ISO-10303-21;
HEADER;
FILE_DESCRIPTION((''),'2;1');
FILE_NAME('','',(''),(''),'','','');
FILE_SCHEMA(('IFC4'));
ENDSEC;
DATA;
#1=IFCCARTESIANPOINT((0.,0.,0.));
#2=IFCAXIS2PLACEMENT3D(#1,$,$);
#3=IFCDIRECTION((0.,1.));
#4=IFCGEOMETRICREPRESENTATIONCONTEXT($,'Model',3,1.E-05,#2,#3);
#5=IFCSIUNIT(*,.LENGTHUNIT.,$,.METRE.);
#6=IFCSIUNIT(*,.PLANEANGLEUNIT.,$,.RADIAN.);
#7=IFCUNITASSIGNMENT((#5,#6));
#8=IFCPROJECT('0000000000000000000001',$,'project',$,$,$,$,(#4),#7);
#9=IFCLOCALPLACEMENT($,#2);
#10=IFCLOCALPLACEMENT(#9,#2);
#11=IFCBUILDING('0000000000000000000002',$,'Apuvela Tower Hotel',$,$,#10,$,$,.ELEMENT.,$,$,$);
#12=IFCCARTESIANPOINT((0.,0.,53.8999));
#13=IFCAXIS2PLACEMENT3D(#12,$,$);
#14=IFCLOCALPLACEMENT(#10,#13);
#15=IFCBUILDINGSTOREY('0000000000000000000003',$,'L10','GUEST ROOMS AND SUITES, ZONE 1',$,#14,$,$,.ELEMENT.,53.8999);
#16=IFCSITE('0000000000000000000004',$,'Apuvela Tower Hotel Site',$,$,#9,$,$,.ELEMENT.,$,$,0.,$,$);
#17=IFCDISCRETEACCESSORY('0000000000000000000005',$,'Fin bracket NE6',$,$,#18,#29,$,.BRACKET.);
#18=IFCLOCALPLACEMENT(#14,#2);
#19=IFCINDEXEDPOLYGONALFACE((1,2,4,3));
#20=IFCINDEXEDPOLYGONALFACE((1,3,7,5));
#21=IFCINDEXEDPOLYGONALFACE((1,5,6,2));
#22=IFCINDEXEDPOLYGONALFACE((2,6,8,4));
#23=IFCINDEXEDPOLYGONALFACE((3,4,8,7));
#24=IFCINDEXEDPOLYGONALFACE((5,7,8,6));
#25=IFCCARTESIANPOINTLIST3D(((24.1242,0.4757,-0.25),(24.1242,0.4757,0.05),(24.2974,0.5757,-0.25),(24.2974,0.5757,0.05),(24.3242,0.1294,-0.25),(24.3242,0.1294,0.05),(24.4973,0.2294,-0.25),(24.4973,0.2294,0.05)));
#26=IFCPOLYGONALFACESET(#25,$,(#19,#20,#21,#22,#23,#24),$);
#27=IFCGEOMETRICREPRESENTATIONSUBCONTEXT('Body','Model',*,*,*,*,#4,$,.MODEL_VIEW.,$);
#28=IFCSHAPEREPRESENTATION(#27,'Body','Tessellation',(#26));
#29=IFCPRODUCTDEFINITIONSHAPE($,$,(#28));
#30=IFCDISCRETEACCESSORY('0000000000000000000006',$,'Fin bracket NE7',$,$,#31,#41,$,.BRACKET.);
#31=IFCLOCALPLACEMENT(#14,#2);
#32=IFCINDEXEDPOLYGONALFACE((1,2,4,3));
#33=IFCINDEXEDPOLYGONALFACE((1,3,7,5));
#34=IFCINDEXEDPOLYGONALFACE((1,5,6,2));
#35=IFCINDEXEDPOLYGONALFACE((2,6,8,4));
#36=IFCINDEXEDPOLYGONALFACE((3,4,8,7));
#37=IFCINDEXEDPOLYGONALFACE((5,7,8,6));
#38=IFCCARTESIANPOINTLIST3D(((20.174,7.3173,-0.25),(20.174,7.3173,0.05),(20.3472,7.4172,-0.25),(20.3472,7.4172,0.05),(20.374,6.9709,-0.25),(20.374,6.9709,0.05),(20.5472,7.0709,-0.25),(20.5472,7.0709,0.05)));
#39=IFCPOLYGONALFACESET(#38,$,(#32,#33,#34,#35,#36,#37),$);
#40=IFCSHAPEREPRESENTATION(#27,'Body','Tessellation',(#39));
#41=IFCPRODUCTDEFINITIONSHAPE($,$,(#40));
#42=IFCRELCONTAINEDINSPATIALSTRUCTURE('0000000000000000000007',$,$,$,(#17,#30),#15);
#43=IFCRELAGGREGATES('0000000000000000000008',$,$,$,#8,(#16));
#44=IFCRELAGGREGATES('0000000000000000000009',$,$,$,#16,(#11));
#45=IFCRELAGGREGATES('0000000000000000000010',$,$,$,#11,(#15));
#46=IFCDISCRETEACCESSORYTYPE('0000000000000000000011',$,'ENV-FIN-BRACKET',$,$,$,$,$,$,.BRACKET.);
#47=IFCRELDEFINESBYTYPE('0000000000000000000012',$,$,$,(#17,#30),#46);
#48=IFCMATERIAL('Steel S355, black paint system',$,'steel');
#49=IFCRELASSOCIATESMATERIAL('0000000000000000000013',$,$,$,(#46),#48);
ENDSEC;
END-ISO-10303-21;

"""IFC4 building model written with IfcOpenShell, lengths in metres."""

from ifc_helpers import new_model, si_unit, direction, frame, origin, origin_2d, place, context, subcontext, project, spatial, rectangle, extrude, material, type_object, element, save


model = new_model("IFC4")

# Units and contexts
model_context = context("Model", 3, precision=1e-05, world=origin(), true_north=direction((0.0, 1.0)))
body_context = subcontext(model_context, "Body", "Model", "MODEL_VIEW")
ifc_project = project(units=[si_unit("LENGTHUNIT", "METRE"), si_unit("PLANEANGLEUNIT", "RADIAN")], contexts=[model_context])

# Site, building, storey
site_placement = place(None, origin())
site = spatial("IfcSite", under=ifc_project, at=site_placement, Name="Apuvela Tower Hotel Site", CompositionType="ELEMENT", RefElevation=0.0)
building_placement = place(site_placement, origin())
building = spatial("IfcBuilding", under=site, at=building_placement, Name="Apuvela Tower Hotel", CompositionType="ELEMENT")
storey_placement = place(building_placement, frame((0.0, 0.0, 53.8999)))
storey = spatial("IfcBuildingStorey", under=building, at=storey_placement, Name="L10", Description="GUEST ROOMS AND SUITES, ZONE 1", CompositionType="ELEMENT", Elevation=53.8999)

# Discrete accessories
ifc_material_1 = material(Name="Steel S355, black paint system", Category="steel")
discrete_accessory_type = type_object("IfcDiscreteAccessoryType", Name="ENV-FIN-BRACKET", PredefinedType="BRACKET", material=ifc_material_1)
for number, where, z_axis, x_axis, name in (
    (1, (24.3108, 0.3525, -0.25), (0.0, 0.0, 1.0), (-0.5, 0.866025, 0.0), "Fin bracket NE6"),
    (2, (20.3606, 7.1941, -0.25), (0.0, 0.0, 1.0), (-0.5, 0.866025, 0.0), "Fin bracket NE7"),
):
    element("IfcDiscreteAccessory", number, at=place(storey_placement, frame(where, z_axis=z_axis, x_axis=x_axis)), inside=storey, type_object=discrete_accessory_type, Name=name, PredefinedType="BRACKET", context=body_context, shape_type="SweptSolid", body=[
        extrude(rectangle(XDim=0.3999, YDim=0.2, at=origin_2d()), origin(), (0.0, 0.0, 1.0), 0.3),
    ])

save(model, "model.ifc")
